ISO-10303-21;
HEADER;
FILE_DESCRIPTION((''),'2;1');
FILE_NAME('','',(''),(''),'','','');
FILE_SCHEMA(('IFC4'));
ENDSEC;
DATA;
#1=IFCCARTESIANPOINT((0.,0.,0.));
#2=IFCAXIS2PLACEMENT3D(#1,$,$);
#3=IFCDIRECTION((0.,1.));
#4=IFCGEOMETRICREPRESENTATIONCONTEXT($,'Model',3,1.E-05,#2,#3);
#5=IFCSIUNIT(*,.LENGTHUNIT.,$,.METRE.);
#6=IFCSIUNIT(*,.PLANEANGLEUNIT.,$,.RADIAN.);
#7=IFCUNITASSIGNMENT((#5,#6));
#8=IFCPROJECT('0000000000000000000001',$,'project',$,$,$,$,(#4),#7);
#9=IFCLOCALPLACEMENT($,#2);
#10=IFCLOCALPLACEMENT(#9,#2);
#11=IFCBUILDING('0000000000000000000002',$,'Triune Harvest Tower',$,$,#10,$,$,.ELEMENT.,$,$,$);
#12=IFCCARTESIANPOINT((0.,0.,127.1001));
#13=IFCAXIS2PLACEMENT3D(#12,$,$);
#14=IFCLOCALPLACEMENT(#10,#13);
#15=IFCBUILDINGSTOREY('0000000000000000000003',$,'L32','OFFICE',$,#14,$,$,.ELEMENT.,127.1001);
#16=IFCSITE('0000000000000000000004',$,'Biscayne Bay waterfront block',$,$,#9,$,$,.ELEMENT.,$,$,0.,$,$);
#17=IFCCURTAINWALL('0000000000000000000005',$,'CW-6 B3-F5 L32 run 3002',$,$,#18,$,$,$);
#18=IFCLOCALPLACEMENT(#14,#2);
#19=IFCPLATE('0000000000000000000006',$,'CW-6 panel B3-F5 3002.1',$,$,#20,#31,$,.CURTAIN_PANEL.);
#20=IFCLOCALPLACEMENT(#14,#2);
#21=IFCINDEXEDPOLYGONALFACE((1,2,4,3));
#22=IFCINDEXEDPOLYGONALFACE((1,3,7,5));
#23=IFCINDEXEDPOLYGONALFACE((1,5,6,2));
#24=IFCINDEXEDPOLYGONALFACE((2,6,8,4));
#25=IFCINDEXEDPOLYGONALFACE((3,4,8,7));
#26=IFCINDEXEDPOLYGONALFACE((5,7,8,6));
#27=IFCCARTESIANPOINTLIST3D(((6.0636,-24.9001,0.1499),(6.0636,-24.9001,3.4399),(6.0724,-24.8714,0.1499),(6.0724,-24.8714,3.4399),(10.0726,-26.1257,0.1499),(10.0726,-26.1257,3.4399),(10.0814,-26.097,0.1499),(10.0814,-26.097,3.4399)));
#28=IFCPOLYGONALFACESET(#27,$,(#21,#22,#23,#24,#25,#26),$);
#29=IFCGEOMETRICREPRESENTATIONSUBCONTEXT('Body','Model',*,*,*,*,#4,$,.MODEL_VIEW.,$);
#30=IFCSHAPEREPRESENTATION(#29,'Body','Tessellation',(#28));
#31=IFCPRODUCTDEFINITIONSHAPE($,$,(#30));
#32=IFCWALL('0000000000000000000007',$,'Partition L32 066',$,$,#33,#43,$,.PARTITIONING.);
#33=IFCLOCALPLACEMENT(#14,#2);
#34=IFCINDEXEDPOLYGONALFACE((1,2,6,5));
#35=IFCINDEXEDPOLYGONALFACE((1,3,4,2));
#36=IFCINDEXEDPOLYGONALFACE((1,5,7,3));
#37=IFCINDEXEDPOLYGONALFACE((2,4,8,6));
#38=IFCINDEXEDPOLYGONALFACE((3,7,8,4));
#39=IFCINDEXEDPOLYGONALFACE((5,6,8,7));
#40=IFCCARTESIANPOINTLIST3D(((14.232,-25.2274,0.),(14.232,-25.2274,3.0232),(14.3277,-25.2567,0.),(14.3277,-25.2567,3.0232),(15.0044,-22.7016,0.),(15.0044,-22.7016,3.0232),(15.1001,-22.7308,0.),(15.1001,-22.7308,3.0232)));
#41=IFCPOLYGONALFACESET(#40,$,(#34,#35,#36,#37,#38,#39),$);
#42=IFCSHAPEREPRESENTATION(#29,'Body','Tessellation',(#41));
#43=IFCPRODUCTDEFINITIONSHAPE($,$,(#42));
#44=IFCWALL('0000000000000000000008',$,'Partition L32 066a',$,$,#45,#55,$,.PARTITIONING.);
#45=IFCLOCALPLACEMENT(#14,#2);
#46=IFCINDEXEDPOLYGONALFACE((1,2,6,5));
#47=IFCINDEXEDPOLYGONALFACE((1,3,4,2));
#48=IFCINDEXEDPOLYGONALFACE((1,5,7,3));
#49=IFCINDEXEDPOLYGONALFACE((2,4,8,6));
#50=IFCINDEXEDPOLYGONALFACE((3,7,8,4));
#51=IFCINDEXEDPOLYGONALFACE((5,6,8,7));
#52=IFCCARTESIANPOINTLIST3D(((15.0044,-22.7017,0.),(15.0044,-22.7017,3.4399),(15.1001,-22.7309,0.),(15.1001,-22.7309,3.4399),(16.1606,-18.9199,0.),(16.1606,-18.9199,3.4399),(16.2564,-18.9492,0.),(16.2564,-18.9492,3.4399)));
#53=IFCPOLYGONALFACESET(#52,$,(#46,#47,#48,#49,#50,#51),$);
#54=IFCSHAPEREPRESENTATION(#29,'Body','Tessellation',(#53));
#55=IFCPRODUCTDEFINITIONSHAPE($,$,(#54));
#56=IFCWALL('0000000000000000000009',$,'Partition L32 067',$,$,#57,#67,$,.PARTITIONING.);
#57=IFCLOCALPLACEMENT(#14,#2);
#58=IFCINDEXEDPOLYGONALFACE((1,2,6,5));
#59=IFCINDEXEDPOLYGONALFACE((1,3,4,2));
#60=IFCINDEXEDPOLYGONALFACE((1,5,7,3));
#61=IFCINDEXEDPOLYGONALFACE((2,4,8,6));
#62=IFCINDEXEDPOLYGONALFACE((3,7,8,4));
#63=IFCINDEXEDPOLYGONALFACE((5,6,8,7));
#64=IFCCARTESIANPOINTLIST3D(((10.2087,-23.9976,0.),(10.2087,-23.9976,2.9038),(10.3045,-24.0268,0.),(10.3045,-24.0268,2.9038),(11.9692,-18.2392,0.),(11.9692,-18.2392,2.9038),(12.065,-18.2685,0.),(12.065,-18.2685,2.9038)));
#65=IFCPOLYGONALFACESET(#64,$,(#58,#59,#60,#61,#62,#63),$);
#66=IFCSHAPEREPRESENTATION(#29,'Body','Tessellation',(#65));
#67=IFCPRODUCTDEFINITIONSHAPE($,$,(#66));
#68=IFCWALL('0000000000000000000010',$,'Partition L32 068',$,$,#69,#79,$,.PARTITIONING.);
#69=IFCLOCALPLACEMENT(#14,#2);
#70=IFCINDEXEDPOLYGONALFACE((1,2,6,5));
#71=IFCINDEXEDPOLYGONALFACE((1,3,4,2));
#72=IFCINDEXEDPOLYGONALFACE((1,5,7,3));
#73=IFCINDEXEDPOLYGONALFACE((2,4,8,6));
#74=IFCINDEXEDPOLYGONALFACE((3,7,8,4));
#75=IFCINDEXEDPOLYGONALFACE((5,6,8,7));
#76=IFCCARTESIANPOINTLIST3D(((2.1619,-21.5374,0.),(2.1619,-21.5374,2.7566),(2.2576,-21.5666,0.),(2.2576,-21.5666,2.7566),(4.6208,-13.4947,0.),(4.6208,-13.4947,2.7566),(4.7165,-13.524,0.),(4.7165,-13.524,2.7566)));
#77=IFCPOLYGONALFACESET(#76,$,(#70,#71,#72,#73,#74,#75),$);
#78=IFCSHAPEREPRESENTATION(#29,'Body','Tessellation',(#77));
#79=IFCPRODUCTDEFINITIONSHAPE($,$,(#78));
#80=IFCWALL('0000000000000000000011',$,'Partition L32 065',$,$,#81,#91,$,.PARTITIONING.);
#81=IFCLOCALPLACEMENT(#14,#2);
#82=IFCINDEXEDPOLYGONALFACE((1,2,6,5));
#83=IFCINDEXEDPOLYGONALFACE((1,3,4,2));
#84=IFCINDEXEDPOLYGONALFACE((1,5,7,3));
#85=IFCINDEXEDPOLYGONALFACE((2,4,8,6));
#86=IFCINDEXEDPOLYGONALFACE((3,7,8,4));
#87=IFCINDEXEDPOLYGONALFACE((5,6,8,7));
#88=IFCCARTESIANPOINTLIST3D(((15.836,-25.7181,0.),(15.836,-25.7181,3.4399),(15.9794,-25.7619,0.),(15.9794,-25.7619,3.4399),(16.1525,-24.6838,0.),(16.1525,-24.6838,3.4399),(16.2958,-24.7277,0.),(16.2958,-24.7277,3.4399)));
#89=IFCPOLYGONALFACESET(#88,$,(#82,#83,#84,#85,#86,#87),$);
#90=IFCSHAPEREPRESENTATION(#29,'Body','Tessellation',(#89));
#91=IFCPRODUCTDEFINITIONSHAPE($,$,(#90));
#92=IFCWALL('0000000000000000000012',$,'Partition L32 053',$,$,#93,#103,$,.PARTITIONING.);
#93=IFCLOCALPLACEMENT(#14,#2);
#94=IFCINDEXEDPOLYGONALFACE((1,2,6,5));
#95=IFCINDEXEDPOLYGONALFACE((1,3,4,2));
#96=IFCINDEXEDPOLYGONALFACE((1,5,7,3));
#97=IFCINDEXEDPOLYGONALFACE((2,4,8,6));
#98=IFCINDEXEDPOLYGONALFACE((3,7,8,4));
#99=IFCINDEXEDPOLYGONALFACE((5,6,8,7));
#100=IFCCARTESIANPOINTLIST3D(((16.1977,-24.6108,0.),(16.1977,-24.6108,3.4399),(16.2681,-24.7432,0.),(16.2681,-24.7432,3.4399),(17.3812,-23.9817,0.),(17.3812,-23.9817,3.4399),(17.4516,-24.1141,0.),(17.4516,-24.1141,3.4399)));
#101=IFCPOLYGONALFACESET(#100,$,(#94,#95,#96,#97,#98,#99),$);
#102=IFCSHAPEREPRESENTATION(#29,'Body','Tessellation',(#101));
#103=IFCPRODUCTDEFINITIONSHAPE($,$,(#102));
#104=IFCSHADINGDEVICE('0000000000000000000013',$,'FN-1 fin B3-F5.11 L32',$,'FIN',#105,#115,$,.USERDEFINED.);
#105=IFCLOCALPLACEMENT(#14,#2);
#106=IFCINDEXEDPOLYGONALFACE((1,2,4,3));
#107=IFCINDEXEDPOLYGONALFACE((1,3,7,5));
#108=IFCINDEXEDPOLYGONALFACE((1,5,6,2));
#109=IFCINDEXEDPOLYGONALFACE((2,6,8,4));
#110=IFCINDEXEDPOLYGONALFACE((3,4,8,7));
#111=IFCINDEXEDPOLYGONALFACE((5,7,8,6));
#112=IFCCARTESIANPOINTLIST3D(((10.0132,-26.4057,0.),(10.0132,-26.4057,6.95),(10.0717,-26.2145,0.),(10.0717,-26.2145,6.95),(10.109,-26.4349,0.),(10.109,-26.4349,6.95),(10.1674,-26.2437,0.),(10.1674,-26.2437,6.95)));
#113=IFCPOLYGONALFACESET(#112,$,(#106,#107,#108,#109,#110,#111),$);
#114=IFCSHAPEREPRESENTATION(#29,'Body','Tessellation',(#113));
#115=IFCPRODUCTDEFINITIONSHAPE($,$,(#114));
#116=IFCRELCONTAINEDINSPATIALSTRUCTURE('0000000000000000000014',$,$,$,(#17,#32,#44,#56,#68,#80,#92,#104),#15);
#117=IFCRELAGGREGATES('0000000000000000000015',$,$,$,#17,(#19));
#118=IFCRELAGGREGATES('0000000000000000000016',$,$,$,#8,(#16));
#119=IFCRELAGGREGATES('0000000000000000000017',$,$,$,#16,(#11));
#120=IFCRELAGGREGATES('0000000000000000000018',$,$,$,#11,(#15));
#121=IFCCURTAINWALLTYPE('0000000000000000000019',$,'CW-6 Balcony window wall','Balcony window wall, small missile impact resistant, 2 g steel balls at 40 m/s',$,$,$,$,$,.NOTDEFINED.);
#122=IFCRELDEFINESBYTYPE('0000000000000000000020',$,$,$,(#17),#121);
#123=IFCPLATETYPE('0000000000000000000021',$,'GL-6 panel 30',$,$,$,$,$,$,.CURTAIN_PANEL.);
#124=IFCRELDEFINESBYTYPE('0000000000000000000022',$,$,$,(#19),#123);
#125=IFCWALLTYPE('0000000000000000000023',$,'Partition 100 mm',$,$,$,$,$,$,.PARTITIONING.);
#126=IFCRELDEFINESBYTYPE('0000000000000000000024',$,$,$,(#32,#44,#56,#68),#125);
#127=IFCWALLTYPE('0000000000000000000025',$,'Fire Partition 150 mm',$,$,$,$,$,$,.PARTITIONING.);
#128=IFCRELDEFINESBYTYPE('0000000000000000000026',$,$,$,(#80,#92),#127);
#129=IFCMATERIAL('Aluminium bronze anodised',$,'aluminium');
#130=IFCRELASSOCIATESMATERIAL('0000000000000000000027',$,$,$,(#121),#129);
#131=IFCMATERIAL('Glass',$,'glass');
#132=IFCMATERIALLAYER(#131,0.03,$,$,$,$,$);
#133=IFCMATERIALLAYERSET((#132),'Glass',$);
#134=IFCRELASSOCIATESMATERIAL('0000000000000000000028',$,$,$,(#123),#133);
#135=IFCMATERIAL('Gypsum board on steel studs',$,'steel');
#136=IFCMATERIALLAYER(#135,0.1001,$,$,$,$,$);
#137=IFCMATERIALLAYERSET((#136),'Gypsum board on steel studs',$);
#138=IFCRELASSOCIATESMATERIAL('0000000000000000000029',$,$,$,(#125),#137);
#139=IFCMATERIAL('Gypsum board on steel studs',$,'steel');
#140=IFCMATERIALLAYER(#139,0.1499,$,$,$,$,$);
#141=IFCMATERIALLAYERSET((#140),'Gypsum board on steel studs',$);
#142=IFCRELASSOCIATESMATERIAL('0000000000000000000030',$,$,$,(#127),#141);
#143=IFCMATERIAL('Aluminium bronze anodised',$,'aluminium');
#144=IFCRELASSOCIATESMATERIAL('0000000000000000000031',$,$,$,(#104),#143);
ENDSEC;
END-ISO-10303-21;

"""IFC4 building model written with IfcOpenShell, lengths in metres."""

from ifc_helpers import new_model, si_unit, direction, frame, frame_2d, origin, origin_2d, place, context, subcontext, project, spatial, rectangle, extrude, source, transform, mapped, material, layer, layer_set, type_object, element, aggregate, save


model = new_model("IFC4")

# Units and contexts
model_context = context("Model", 3, precision=1e-05, world=origin(), true_north=direction((0.0, 1.0)))
body_context = subcontext(model_context, "Body", "Model", "MODEL_VIEW")
ifc_project = project(units=[si_unit("LENGTHUNIT", "METRE"), si_unit("PLANEANGLEUNIT", "RADIAN")], contexts=[model_context])

# Site, building, storey
site_placement = place(None, origin())
site = spatial("IfcSite", under=ifc_project, at=site_placement, Name="Biscayne Bay waterfront block", CompositionType="ELEMENT", RefElevation=0.0)
building_placement = place(site_placement, origin())
building = spatial("IfcBuilding", under=site, at=building_placement, Name="Triune Harvest Tower", CompositionType="ELEMENT")
storey_placement = place(building_placement, frame((0.0, 0.0, 127.1001)))
storey = spatial("IfcBuildingStorey", under=building, at=storey_placement, Name="L32", Description="OFFICE", CompositionType="ELEMENT", Elevation=127.1001)

# Curtain wall
ifc_material_1 = material(Name="Aluminium bronze anodised", Category="aluminium")
curtain_wall_type_1 = type_object("IfcCurtainWallType", Name="CW-6 Balcony window wall", Description="Balcony window wall, small missile impact resistant, 2 g steel balls at 40 m/s", PredefinedType="NOTDEFINED", material=ifc_material_1)
curtain_wall_1_placement = place(storey_placement, origin())
curtain_wall_1 = element("IfcCurtainWall", 1, at=curtain_wall_1_placement, inside=storey, type_object=curtain_wall_type_1, Name="CW-6 B3-F5 L32 run 3002")

# Plate
ifc_material_2 = material(Name="Glass", Category="glass")
ifc_layer_1 = layer(ifc_material_2, 0.03)
ifc_layer_set_1 = layer_set([ifc_layer_1], Name="Glass")
plate_type_1 = type_object("IfcPlateType", Name="GL-6 panel 30", PredefinedType="CURTAIN_PANEL", material=ifc_layer_set_1)
shared_shape_1 = source(origin(), body_context, "Body", "SweptSolid", [
    extrude(rectangle(XDim=4.1921, YDim=0.03, at=origin_2d()), origin(), (0.0, 0.0, 1.0), 3.29),
])
plate_1_placement = place(storey_placement, frame((8.0725, -25.4985, 0.1499), z_axis=(0.0, 0.0, 1.0), x_axis=(0.956306, -0.292368, 0.0)))
plate_1 = element("IfcPlate", 2, at=plate_1_placement, type_object=plate_type_1, Name="CW-6 panel B3-F5 3002.1", PredefinedType="CURTAIN_PANEL", context=body_context, shape_type="MappedRepresentation", body=[
    mapped(shared_shape_1, transform((0.0, 0.0, 0.0), scale=1.0)),
])
aggregate(curtain_wall_1, [plate_1])

# Walls
ifc_material_3 = material(Name="Gypsum board on steel studs", Category="steel")
ifc_layer_2 = layer(ifc_material_3, 0.1001)
ifc_layer_set_2 = layer_set([ifc_layer_2], Name="Gypsum board on steel studs")
wall_type_1 = type_object("IfcWallType", Name="Partition 100 mm", PredefinedType="PARTITIONING", material=ifc_layer_set_2)
wall_1_placement = place(storey_placement, frame((14.2798, -25.2422, 0.0), z_axis=(0.0, 0.0, 1.0), x_axis=(0.292449, 0.956281, 0.0)))
element("IfcWall", 3, at=wall_1_placement, inside=storey, type_object=wall_type_1, Name="Partition L32 066", PredefinedType="PARTITIONING", context=body_context, shape_type="SweptSolid", body=[
    extrude(rectangle(XDim=2.6414, YDim=0.1001, at=frame_2d((1.3208, 0.0))), origin(), (0.0, 0.0, 1.0), 3.0232),
])
wall_2_placement = place(storey_placement, frame((15.0522, -22.7163, 0.0), z_axis=(0.0, 0.0, 1.0), x_axis=(0.292385, 0.956301, 0.0)))
element("IfcWall", 4, at=wall_2_placement, inside=storey, type_object=wall_type_1, Name="Partition L32 066a", PredefinedType="PARTITIONING", context=body_context, shape_type="SweptSolid", body=[
    extrude(rectangle(XDim=3.9546, YDim=0.1001, at=frame_2d((1.9773, 0.0))), origin(), (0.0, 0.0, 1.0), 3.4399),
])
wall_3_placement = place(storey_placement, frame((10.2566, -24.0122, 0.0), z_axis=(0.0, 0.0, 1.0), x_axis=(0.292373, 0.956304, 0.0)))
element("IfcWall", 5, at=wall_3_placement, inside=storey, type_object=wall_type_1, Name="Partition L32 067", PredefinedType="PARTITIONING", context=body_context, shape_type="SweptSolid", body=[
    extrude(rectangle(XDim=6.0215, YDim=0.1001, at=frame_2d((3.0107, 0.0))), origin(), (0.0, 0.0, 1.0), 2.9038),
])
wall_4_placement = place(storey_placement, frame((2.2097, -21.552, 0.0), z_axis=(0.0, 0.0, 1.0), x_axis=(0.29238, 0.956302, 0.0)))
element("IfcWall", 6, at=wall_4_placement, inside=storey, type_object=wall_type_1, Name="Partition L32 068", PredefinedType="PARTITIONING", context=body_context, shape_type="SweptSolid", body=[
    extrude(rectangle(XDim=8.4102, YDim=0.1001, at=frame_2d((4.2051, 0.0))), origin(), (0.0, 0.0, 1.0), 2.7566),
])
ifc_material_4 = material(Name="Gypsum board on steel studs", Category="steel")
ifc_layer_3 = layer(ifc_material_4, 0.1499)
ifc_layer_set_3 = layer_set([ifc_layer_3], Name="Gypsum board on steel studs")
wall_type_2 = type_object("IfcWallType", Name="Fire Partition 150 mm", PredefinedType="PARTITIONING", material=ifc_layer_set_3)
shared_shape_2 = source(origin(), body_context, "Body", "SweptSolid", [
    extrude(rectangle(XDim=1.0815, YDim=0.1499, at=frame_2d((0.5408, 0.0))), origin(), (0.0, 0.0, 1.0), 3.4399),
])
wall_5_placement = place(storey_placement, frame((15.9077, -25.74, 0.0), z_axis=(0.0, 0.0, 1.0), x_axis=(0.292563, 0.956246, 0.0)))
element("IfcWall", 7, at=wall_5_placement, inside=storey, type_object=wall_type_2, Name="Partition L32 065", PredefinedType="PARTITIONING", context=body_context, shape_type="MappedRepresentation", body=[
    mapped(shared_shape_2, transform((0.0, 0.0, 0.0), scale=1.0)),
])
shared_shape_3 = source(origin(), body_context, "Body", "SweptSolid", [
    extrude(rectangle(XDim=1.3403, YDim=0.1499, at=frame_2d((0.6702, 0.0))), origin(), (0.0, 0.0, 1.0), 3.4399),
])
wall_6_placement = place(storey_placement, frame((16.2329, -24.677, 0.0), z_axis=(0.0, 0.0, 1.0), x_axis=(0.883002, 0.469368, 0.0)))
element("IfcWall", 8, at=wall_6_placement, inside=storey, type_object=wall_type_2, Name="Partition L32 053", PredefinedType="PARTITIONING", context=body_context, shape_type="MappedRepresentation", body=[
    mapped(shared_shape_3, transform((0.0, 0.0, 0.0), scale=1.0)),
])

# Shading device
ifc_material_5 = material(Name="Aluminium bronze anodised", Category="aluminium")
shared_shape_4 = source(origin(), body_context, "Body", "SweptSolid", [
    extrude(rectangle(XDim=0.1001, YDim=0.2, at=origin_2d()), origin(), (0.0, 0.0, 1.0), 6.95),
])
shading_device_placement = place(storey_placement, frame((10.0903, -26.3247, 0.0), z_axis=(0.0, 0.0, 1.0), x_axis=(0.956304, -0.292373, 0.0)))
element("IfcShadingDevice", 9, at=shading_device_placement, inside=storey, material=ifc_material_5, Name="FN-1 fin B3-F5.11 L32", ObjectType="FIN", PredefinedType="USERDEFINED", context=body_context, shape_type="MappedRepresentation", body=[
    mapped(shared_shape_4, transform((0.0, 0.0, 0.0), scale=1.0)),
])

save(model, "model.ifc")
